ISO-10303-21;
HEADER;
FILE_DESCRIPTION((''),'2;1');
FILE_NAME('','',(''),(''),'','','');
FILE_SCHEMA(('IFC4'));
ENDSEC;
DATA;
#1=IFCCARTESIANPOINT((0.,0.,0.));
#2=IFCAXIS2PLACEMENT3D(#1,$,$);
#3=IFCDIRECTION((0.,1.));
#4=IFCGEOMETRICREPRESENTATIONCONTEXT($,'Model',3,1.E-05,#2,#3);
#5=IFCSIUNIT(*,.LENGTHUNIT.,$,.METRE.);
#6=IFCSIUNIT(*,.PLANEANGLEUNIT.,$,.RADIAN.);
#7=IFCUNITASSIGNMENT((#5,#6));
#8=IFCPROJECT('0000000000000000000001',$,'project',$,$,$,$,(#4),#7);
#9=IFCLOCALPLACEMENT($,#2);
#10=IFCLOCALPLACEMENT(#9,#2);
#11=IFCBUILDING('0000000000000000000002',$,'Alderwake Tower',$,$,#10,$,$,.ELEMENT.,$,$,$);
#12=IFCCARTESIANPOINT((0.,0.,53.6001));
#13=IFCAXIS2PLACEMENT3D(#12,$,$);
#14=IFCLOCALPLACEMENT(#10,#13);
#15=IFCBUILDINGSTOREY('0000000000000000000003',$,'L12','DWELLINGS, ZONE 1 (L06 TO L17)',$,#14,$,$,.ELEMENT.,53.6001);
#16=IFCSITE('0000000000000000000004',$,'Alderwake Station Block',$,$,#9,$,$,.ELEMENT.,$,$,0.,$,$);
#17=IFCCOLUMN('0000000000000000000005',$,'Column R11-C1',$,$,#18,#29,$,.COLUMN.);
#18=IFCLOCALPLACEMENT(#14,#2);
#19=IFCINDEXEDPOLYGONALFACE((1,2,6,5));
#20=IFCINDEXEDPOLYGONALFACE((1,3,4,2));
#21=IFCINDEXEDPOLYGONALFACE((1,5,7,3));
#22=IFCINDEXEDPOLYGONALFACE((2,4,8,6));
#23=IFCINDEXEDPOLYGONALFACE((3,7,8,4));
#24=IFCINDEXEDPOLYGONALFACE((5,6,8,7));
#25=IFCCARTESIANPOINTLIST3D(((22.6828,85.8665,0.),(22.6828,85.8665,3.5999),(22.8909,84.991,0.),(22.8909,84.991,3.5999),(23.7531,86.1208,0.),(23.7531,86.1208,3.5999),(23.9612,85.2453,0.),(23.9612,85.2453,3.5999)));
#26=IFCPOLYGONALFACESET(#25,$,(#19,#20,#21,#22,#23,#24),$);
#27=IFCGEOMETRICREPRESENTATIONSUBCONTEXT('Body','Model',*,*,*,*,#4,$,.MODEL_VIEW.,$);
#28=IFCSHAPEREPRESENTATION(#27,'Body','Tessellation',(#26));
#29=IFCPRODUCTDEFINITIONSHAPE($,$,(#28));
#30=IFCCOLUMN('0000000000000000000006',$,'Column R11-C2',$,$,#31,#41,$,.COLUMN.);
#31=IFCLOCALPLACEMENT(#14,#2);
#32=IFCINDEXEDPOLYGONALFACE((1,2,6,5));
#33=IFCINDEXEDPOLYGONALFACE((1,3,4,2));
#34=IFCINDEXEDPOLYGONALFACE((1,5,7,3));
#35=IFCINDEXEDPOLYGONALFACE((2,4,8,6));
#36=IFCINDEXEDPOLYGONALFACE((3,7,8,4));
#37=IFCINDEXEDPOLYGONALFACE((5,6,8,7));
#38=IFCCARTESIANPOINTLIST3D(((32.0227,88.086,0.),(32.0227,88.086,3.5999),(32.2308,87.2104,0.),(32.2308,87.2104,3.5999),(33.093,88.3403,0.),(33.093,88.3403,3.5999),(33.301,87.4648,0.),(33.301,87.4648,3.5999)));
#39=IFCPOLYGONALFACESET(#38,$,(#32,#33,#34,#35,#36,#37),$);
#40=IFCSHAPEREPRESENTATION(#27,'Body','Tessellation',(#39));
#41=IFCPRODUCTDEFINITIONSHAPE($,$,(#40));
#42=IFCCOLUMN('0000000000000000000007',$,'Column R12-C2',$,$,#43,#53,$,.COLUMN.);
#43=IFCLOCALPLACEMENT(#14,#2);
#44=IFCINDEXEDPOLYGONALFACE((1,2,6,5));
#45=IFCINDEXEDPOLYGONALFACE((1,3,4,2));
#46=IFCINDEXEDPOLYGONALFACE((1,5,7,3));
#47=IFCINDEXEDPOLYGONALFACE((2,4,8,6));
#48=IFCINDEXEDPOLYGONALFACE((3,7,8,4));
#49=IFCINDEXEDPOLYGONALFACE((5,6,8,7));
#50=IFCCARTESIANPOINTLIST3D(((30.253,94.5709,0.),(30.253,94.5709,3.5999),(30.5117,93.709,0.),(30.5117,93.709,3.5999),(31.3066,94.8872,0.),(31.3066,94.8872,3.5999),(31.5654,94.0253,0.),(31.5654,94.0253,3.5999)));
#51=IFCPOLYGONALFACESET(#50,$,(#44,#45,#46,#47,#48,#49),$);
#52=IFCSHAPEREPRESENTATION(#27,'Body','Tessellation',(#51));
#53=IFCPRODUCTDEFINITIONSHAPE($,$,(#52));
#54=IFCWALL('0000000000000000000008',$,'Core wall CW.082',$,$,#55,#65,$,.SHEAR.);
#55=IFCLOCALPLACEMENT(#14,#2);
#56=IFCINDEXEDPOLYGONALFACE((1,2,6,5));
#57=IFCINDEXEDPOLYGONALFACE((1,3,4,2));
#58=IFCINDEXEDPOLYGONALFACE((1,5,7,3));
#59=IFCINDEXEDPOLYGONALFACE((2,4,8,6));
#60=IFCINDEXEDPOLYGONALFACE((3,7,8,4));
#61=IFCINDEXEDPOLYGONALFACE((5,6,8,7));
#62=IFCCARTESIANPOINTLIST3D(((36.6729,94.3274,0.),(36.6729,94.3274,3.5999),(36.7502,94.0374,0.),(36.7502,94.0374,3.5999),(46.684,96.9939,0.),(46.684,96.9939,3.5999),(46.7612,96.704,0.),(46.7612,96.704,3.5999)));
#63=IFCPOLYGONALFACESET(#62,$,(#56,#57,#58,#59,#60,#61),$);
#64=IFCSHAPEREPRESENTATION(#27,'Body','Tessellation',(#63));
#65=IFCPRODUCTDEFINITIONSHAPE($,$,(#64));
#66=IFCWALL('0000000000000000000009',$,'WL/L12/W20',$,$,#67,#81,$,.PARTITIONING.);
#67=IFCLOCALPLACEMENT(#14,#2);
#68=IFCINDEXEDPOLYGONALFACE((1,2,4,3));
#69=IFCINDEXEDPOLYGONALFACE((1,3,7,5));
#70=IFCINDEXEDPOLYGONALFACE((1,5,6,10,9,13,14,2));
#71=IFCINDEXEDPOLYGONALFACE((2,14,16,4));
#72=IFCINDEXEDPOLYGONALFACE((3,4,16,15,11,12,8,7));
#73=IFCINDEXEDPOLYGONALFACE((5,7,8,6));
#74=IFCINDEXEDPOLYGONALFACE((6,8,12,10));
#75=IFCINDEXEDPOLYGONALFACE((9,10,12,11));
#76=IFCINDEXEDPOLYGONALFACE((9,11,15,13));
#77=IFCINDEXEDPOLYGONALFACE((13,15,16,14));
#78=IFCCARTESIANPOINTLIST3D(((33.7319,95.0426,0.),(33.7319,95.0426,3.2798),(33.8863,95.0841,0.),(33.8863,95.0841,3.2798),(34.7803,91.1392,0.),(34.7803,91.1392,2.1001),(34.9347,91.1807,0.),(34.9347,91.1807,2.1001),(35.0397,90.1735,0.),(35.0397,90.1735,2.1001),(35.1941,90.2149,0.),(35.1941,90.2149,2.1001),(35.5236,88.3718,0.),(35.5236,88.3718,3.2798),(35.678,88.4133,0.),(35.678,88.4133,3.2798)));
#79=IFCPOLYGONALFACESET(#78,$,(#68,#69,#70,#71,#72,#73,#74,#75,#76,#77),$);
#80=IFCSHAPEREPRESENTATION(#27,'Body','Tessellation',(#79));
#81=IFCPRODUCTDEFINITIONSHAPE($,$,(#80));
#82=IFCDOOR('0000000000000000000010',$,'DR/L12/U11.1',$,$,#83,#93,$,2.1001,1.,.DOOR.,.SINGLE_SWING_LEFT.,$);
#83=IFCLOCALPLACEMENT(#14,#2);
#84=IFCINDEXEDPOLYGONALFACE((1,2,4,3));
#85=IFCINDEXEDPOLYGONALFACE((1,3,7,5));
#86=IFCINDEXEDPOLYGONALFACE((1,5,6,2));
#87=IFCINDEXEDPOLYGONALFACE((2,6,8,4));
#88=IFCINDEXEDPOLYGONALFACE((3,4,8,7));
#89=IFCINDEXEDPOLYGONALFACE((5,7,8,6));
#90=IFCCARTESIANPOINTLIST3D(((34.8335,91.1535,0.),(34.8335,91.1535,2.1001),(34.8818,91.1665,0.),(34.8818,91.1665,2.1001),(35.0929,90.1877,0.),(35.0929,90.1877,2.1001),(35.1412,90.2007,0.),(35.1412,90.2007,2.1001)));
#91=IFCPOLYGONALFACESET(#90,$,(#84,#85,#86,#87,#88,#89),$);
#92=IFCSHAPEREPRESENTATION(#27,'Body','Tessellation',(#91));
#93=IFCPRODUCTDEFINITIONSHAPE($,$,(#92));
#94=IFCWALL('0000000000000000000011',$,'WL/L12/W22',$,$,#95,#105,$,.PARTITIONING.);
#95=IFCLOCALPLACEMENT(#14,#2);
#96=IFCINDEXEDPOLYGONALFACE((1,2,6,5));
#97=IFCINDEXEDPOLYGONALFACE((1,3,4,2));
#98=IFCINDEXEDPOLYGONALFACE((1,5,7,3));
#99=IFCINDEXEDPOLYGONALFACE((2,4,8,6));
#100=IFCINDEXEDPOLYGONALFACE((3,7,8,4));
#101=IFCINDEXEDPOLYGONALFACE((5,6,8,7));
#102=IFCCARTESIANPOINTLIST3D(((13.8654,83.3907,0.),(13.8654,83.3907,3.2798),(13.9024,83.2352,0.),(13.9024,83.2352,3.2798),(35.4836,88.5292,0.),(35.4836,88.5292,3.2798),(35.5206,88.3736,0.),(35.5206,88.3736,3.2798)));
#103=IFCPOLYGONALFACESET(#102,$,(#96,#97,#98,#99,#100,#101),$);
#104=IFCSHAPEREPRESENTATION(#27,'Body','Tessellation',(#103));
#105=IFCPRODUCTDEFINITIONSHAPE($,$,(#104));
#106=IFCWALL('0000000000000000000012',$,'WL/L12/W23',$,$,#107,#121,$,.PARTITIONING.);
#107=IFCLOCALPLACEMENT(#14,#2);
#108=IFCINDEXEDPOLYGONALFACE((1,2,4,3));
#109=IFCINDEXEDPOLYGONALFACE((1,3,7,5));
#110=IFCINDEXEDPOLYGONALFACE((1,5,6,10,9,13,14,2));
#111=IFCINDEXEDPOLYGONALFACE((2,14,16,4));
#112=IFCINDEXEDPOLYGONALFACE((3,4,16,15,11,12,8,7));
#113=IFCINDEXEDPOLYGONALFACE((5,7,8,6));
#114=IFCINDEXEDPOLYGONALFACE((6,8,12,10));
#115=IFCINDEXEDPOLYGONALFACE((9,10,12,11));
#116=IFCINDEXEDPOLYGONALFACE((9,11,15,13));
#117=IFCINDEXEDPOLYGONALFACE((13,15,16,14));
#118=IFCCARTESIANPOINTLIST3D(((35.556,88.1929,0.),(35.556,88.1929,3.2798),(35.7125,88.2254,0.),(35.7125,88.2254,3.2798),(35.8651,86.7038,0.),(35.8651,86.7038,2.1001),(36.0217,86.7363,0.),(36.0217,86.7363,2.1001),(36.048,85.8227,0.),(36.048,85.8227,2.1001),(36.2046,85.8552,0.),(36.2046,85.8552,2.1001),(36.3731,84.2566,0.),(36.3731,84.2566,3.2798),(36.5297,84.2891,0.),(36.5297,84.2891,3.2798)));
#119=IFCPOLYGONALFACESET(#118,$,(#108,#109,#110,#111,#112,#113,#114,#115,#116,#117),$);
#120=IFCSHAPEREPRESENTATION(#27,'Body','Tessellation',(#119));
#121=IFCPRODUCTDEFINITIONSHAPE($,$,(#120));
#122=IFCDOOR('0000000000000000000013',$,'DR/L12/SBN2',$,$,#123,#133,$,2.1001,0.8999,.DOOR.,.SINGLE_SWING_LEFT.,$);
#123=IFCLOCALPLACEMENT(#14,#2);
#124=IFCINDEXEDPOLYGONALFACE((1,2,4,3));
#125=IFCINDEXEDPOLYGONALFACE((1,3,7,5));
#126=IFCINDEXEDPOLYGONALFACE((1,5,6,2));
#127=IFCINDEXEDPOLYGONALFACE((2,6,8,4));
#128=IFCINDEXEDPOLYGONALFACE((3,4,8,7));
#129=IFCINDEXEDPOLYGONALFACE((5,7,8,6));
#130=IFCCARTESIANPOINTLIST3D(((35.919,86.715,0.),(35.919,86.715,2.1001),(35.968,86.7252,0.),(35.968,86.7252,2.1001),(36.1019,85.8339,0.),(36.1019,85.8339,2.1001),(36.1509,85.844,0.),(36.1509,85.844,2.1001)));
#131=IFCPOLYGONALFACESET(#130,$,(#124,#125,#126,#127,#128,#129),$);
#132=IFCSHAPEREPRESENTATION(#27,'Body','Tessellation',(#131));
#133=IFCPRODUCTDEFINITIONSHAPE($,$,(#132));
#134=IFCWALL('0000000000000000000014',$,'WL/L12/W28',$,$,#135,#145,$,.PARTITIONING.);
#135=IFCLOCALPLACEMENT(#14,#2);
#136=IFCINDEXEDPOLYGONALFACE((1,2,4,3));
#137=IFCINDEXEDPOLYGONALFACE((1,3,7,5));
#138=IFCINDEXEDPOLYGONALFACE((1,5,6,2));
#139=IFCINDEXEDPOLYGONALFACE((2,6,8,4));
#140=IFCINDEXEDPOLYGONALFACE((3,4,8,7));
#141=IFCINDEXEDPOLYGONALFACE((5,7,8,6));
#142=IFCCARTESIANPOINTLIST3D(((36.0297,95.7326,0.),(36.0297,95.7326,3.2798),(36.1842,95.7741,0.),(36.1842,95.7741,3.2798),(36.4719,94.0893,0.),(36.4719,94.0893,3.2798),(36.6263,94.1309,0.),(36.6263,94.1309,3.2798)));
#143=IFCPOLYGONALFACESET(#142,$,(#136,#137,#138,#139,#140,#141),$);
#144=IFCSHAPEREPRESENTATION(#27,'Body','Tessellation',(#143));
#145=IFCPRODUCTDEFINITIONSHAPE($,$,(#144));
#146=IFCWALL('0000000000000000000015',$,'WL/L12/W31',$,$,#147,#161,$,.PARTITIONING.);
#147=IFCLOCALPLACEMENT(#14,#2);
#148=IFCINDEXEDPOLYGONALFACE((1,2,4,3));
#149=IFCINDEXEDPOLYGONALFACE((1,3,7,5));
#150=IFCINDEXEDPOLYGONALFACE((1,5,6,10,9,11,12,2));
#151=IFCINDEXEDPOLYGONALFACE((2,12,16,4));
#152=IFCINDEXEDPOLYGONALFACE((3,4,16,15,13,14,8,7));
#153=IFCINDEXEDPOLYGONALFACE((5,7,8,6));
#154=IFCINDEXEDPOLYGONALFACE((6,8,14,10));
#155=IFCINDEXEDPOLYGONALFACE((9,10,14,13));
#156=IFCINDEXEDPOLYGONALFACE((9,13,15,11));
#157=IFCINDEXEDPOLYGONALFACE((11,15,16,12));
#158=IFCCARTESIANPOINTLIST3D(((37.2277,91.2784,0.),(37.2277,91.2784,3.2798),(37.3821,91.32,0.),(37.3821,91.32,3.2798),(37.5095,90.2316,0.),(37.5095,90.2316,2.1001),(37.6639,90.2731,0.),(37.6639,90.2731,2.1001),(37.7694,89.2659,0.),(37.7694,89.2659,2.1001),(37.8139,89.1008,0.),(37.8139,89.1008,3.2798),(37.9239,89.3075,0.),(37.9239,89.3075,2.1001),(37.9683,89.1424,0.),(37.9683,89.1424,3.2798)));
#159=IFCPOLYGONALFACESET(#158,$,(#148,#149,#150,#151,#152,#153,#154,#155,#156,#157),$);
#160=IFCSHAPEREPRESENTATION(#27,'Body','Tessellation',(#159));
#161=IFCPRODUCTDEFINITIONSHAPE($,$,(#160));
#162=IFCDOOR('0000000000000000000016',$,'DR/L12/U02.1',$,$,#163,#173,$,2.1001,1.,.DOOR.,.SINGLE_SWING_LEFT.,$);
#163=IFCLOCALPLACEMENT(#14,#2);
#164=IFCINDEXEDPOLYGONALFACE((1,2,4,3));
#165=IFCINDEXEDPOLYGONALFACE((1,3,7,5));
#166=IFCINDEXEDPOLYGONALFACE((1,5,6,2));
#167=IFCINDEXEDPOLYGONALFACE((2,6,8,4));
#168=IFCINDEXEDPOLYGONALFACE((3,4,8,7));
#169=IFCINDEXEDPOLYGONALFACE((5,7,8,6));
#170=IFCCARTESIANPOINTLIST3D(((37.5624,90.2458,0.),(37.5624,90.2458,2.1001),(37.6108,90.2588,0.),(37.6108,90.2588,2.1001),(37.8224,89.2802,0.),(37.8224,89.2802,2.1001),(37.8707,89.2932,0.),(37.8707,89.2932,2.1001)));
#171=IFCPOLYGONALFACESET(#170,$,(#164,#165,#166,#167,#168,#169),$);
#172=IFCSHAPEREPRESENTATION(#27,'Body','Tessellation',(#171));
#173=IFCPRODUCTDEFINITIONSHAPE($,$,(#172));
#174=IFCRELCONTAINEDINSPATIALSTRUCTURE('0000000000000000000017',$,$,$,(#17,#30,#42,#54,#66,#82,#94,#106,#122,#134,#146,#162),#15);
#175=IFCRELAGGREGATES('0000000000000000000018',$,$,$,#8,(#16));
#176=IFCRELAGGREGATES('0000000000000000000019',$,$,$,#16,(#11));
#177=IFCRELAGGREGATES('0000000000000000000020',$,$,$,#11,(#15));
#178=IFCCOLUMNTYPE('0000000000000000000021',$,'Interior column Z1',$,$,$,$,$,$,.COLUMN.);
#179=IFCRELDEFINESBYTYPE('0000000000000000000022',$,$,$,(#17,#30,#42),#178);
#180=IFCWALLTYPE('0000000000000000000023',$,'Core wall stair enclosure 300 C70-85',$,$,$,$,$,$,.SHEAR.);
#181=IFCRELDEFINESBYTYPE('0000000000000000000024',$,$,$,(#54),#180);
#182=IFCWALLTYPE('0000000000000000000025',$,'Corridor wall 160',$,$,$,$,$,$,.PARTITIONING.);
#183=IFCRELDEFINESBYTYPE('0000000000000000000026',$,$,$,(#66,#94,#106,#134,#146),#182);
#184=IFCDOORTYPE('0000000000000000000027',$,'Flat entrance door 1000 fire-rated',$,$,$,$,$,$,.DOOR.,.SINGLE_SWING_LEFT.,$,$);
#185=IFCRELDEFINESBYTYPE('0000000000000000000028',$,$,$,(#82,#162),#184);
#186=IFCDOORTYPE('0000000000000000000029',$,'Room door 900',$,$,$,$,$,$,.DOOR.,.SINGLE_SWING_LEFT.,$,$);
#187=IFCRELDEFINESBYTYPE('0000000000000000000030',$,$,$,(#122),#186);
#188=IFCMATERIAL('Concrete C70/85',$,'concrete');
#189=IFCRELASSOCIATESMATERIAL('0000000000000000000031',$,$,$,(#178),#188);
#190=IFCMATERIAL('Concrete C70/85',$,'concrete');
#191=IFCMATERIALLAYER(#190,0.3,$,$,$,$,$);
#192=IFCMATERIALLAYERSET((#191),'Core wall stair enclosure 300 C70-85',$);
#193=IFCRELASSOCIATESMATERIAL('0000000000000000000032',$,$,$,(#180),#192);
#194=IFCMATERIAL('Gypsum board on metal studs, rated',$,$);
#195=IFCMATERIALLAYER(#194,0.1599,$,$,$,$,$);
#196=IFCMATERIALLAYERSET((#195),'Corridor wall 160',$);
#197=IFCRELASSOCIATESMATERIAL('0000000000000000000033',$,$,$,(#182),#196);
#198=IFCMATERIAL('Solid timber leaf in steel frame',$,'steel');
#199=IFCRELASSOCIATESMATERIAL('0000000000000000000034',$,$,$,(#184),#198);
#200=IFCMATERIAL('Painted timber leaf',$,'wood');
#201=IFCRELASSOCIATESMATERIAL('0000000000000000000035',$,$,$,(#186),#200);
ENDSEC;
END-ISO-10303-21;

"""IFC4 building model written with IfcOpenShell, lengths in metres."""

from ifc_helpers import new_model, si_unit, direction, frame, frame_2d, origin, origin_2d, place, context, subcontext, project, spatial, rectangle, extrude, material, layer, layer_set, material_profile, profile_set, type_object, element, fill, save


model = new_model("IFC4")

# Units and contexts
model_context = context("Model", 3, precision=1e-05, world=origin(), true_north=direction((0.0, 1.0)))
body_context = subcontext(model_context, "Body", "Model", "MODEL_VIEW")
ifc_project = project(units=[si_unit("LENGTHUNIT", "METRE"), si_unit("PLANEANGLEUNIT", "RADIAN")], contexts=[model_context])

# Site, building, storey
site_placement = place(None, origin())
site = spatial("IfcSite", under=ifc_project, at=site_placement, Name="Alderwake Station Block", CompositionType="ELEMENT", RefElevation=0.0)
building_placement = place(site_placement, origin())
building = spatial("IfcBuilding", under=site, at=building_placement, Name="Alderwake Tower", CompositionType="ELEMENT")
storey_placement = place(building_placement, frame((0.0, 0.0, 53.6001)))
storey = spatial("IfcBuildingStorey", under=building, at=storey_placement, Name="L12", Description="DWELLINGS, ZONE 1 (L06 TO L17)", CompositionType="ELEMENT", Elevation=53.6001)

# Columns
ifc_material_1 = material(Name="Concrete C70/85", Category="concrete")
ifc_material_profile = material_profile(ifc_material_1, rectangle(XDim=0.8999, YDim=1.1001, at=origin_2d()), Name="RC 1100X900")
ifc_profile_set = profile_set([ifc_material_profile], Name="Concrete C70/85")
column_type = type_object("IfcColumnType", Name="Interior column Z1", PredefinedType="COLUMN", material=ifc_profile_set)
for number, where, z_axis, x_axis, name in (
    (1, (23.322, 85.5559, 0.0), (0.0, 0.0, 1.0), (-0.231222, 0.972901, 0.0), "Column R11-C1"),
    (2, (32.6619, 87.7754, 0.0), (0.0, 0.0, 1.0), (-0.231222, 0.972901, 0.0), "Column R11-C2"),
    (3, (30.9092, 94.2981, 0.0), (0.0, 0.0, 1.0), (-0.287549, 0.957766, 0.0), "Column R12-C2"),
):
    element("IfcColumn", number, at=place(storey_placement, frame(where, z_axis=z_axis, x_axis=x_axis)), inside=storey, type_object=column_type, Name=name, PredefinedType="COLUMN", context=body_context, shape_type="SweptSolid", body=[
        extrude(rectangle(XDim=0.8999, YDim=1.1001, at=origin_2d()), origin(), (0.0, 0.0, 1.0), 3.5999),
    ])

# Wall
ifc_material_2 = material(Name="Concrete C70/85", Category="concrete")
ifc_layer_1 = layer(ifc_material_2, 0.3)
ifc_layer_set_1 = layer_set([ifc_layer_1], Name="Core wall stair enclosure 300 C70-85")
wall_type_1 = type_object("IfcWallType", Name="Core wall stair enclosure 300 C70-85", PredefinedType="SHEAR", material=ifc_layer_set_1)
wall_1_placement = place(storey_placement, frame((36.7114, 94.1824, 0.0), z_axis=(0.0, 0.0, 1.0), x_axis=(0.966309, 0.257384, 0.0)))
element("IfcWall", 4, at=wall_1_placement, inside=storey, type_object=wall_type_1, Name="Core wall CW.082", PredefinedType="SHEAR", context=body_context, shape_type="SweptSolid", body=[
    extrude(rectangle(XDim=10.3601, YDim=0.3, at=frame_2d((5.1802, 0.0))), origin(), (0.0, 0.0, 1.0), 3.5999),
])

# Wall, opening, door
ifc_material_3 = material(Name="Gypsum board on metal studs, rated")
ifc_layer_2 = layer(ifc_material_3, 0.1599)
ifc_layer_set_2 = layer_set([ifc_layer_2], Name="Corridor wall 160")
wall_type_2 = type_object("IfcWallType", Name="Corridor wall 160", PredefinedType="PARTITIONING", material=ifc_layer_set_2)
wall_2_placement = place(storey_placement, frame((35.6008, 88.3926, 0.0), z_axis=(0.0, 0.0, 1.0), x_axis=(-0.259398, 0.965771, 0.0)))
wall_2 = element("IfcWall", 5, at=wall_2_placement, inside=storey, type_object=wall_type_2, Name="WL/L12/W20", PredefinedType="PARTITIONING", context=body_context, shape_type="SweptSolid", body=[
    extrude(rectangle(XDim=6.9072, YDim=0.1599, at=frame_2d((3.4536, 0.0))), origin(), (0.0, 0.0, 1.0), 3.2798),
])
opening_1_placement = place(wall_2_placement, frame((1.8655, 0.0, 0.0)))
opening_1 = element("IfcOpeningElement", 6, at=opening_1_placement, cuts=wall_2, PredefinedType="OPENING", context=body_context, shape_type="SweptSolid", body=[
    extrude(rectangle(XDim=1.0, YDim=2.1001, at=frame_2d((0.5, 1.05))), frame((0.0, 0.0898, 0.0), z_axis=(0.0, -1.0, 0.0), x_axis=(1.0, 0.0, 0.0)), (0.0, 0.0, 1.0), 0.1799),
])
ifc_material_4 = material(Name="Solid timber leaf in steel frame", Category="steel")
door_type_1 = type_object("IfcDoorType", Name="Flat entrance door 1000 fire-rated", OperationType="SINGLE_SWING_LEFT", PredefinedType="DOOR", material=ifc_material_4)
door_1_placement = place(opening_1_placement, origin())
door_1 = element("IfcDoor", 7, at=door_1_placement, inside=storey, type_object=door_type_1, Name="DR/L12/U11.1", OperationType="SINGLE_SWING_LEFT", OverallHeight=2.1001, OverallWidth=1.0, PredefinedType="DOOR", context=body_context, shape_type="SweptSolid", body=[
    extrude(rectangle(XDim=1.0, YDim=2.1001, at=frame_2d((0.5, 1.05))), frame((0.0, 0.0249, 0.0), z_axis=(0.0, -1.0, 0.0), x_axis=(1.0, 0.0, 0.0)), (0.0, 0.0, 1.0), 0.05),
])
fill(opening_1, door_1)

# Wall
wall_3_placement = place(storey_placement, frame((35.5022, 88.4514, 0.0), z_axis=(0.0, 0.0, 1.0), x_axis=(-0.972895, -0.231248, 0.0)))
element("IfcWall", 8, at=wall_3_placement, inside=storey, type_object=wall_type_2, Name="WL/L12/W22", PredefinedType="PARTITIONING", context=body_context, shape_type="SweptSolid", body=[
    extrude(rectangle(XDim=22.2205, YDim=0.1599, at=frame_2d((11.1104, 0.0))), origin(), (0.0, 0.0, 1.0), 3.2798),
])

# Wall, opening, door
wall_4_placement = place(storey_placement, frame((36.4514, 84.2727, 0.0), z_axis=(0.0, 0.0, 1.0), x_axis=(-0.203258, 0.979125, 0.0)))
wall_4 = element("IfcWall", 9, at=wall_4_placement, inside=storey, type_object=wall_type_2, Name="WL/L12/W23", PredefinedType="PARTITIONING", context=body_context, shape_type="SweptSolid", body=[
    extrude(rectangle(XDim=4.0203, YDim=0.1599, at=frame_2d((2.0103, 0.0))), origin(), (0.0, 0.0, 1.0), 3.2798),
])
opening_2_placement = place(wall_4_placement, frame((1.5996, 0.0, 0.0)))
opening_2 = element("IfcOpeningElement", 10, at=opening_2_placement, cuts=wall_4, PredefinedType="OPENING", context=body_context, shape_type="SweptSolid", body=[
    extrude(rectangle(XDim=0.8999, YDim=2.1001, at=frame_2d((0.45, 1.05))), frame((0.0, 0.0898, 0.0), z_axis=(0.0, -1.0, 0.0), x_axis=(1.0, 0.0, 0.0)), (0.0, 0.0, 1.0), 0.1799),
])
ifc_material_5 = material(Name="Painted timber leaf", Category="wood")
door_type_2 = type_object("IfcDoorType", Name="Room door 900", OperationType="SINGLE_SWING_LEFT", PredefinedType="DOOR", material=ifc_material_5)
door_2_placement = place(opening_2_placement, origin())
door_2 = element("IfcDoor", 11, at=door_2_placement, inside=storey, type_object=door_type_2, Name="DR/L12/SBN2", OperationType="SINGLE_SWING_LEFT", OverallHeight=2.1001, OverallWidth=0.8999, PredefinedType="DOOR", context=body_context, shape_type="SweptSolid", body=[
    extrude(rectangle(XDim=0.8999, YDim=2.1001, at=frame_2d((0.45, 1.05))), frame((0.0, 0.0249, 0.0), z_axis=(0.0, -1.0, 0.0), x_axis=(1.0, 0.0, 0.0)), (0.0, 0.0, 1.0), 0.05),
])
fill(opening_2, door_2)

# Wall
wall_5_placement = place(storey_placement, frame((36.5491, 94.1101, 0.0), z_axis=(0.0, 0.0, 1.0), x_axis=(-0.259814, 0.965659, 0.0)))
element("IfcWall", 12, at=wall_5_placement, inside=storey, type_object=wall_type_2, Name="WL/L12/W28", PredefinedType="PARTITIONING", context=body_context, shape_type="SweptSolid", body=[
    extrude(rectangle(XDim=1.7017, YDim=0.1599, at=frame_2d((0.8508, 0.0))), origin(), (0.0, 0.0, 1.0), 3.2798),
])

# Wall, opening, door
wall_6_placement = place(storey_placement, frame((37.3049, 91.2991, 0.0), z_axis=(0.0, 0.0, 1.0), x_axis=(0.259946, -0.965623, 0.0)))
wall_6 = element("IfcWall", 13, at=wall_6_placement, inside=storey, type_object=wall_type_2, Name="WL/L12/W31", PredefinedType="PARTITIONING", context=body_context, shape_type="SweptSolid", body=[
    extrude(rectangle(XDim=2.2551, YDim=0.1599, at=frame_2d((1.1274, 0.0))), origin(), (0.0, 0.0, 1.0), 3.2798),
])
opening_3_placement = place(wall_6_placement, frame((1.084, 0.0, 0.0)))
opening_3 = element("IfcOpeningElement", 14, at=opening_3_placement, cuts=wall_6, PredefinedType="OPENING", context=body_context, shape_type="SweptSolid", body=[
    extrude(rectangle(XDim=1.0, YDim=2.1001, at=frame_2d((0.5, 1.05))), frame((0.0, 0.0898, 0.0), z_axis=(0.0, -1.0, 0.0), x_axis=(1.0, 0.0, 0.0)), (0.0, 0.0, 1.0), 0.1799),
])
door_3_placement = place(opening_3_placement, origin())
door_3 = element("IfcDoor", 15, at=door_3_placement, inside=storey, type_object=door_type_1, Name="DR/L12/U02.1", OperationType="SINGLE_SWING_LEFT", OverallHeight=2.1001, OverallWidth=1.0, PredefinedType="DOOR", context=body_context, shape_type="SweptSolid", body=[
    extrude(rectangle(XDim=1.0, YDim=2.1001, at=frame_2d((0.5, 1.05))), frame((0.0, 0.0249, 0.0), z_axis=(0.0, -1.0, 0.0), x_axis=(1.0, 0.0, 0.0)), (0.0, 0.0, 1.0), 0.05),
])
fill(opening_3, door_3)

save(model, "model.ifc")
